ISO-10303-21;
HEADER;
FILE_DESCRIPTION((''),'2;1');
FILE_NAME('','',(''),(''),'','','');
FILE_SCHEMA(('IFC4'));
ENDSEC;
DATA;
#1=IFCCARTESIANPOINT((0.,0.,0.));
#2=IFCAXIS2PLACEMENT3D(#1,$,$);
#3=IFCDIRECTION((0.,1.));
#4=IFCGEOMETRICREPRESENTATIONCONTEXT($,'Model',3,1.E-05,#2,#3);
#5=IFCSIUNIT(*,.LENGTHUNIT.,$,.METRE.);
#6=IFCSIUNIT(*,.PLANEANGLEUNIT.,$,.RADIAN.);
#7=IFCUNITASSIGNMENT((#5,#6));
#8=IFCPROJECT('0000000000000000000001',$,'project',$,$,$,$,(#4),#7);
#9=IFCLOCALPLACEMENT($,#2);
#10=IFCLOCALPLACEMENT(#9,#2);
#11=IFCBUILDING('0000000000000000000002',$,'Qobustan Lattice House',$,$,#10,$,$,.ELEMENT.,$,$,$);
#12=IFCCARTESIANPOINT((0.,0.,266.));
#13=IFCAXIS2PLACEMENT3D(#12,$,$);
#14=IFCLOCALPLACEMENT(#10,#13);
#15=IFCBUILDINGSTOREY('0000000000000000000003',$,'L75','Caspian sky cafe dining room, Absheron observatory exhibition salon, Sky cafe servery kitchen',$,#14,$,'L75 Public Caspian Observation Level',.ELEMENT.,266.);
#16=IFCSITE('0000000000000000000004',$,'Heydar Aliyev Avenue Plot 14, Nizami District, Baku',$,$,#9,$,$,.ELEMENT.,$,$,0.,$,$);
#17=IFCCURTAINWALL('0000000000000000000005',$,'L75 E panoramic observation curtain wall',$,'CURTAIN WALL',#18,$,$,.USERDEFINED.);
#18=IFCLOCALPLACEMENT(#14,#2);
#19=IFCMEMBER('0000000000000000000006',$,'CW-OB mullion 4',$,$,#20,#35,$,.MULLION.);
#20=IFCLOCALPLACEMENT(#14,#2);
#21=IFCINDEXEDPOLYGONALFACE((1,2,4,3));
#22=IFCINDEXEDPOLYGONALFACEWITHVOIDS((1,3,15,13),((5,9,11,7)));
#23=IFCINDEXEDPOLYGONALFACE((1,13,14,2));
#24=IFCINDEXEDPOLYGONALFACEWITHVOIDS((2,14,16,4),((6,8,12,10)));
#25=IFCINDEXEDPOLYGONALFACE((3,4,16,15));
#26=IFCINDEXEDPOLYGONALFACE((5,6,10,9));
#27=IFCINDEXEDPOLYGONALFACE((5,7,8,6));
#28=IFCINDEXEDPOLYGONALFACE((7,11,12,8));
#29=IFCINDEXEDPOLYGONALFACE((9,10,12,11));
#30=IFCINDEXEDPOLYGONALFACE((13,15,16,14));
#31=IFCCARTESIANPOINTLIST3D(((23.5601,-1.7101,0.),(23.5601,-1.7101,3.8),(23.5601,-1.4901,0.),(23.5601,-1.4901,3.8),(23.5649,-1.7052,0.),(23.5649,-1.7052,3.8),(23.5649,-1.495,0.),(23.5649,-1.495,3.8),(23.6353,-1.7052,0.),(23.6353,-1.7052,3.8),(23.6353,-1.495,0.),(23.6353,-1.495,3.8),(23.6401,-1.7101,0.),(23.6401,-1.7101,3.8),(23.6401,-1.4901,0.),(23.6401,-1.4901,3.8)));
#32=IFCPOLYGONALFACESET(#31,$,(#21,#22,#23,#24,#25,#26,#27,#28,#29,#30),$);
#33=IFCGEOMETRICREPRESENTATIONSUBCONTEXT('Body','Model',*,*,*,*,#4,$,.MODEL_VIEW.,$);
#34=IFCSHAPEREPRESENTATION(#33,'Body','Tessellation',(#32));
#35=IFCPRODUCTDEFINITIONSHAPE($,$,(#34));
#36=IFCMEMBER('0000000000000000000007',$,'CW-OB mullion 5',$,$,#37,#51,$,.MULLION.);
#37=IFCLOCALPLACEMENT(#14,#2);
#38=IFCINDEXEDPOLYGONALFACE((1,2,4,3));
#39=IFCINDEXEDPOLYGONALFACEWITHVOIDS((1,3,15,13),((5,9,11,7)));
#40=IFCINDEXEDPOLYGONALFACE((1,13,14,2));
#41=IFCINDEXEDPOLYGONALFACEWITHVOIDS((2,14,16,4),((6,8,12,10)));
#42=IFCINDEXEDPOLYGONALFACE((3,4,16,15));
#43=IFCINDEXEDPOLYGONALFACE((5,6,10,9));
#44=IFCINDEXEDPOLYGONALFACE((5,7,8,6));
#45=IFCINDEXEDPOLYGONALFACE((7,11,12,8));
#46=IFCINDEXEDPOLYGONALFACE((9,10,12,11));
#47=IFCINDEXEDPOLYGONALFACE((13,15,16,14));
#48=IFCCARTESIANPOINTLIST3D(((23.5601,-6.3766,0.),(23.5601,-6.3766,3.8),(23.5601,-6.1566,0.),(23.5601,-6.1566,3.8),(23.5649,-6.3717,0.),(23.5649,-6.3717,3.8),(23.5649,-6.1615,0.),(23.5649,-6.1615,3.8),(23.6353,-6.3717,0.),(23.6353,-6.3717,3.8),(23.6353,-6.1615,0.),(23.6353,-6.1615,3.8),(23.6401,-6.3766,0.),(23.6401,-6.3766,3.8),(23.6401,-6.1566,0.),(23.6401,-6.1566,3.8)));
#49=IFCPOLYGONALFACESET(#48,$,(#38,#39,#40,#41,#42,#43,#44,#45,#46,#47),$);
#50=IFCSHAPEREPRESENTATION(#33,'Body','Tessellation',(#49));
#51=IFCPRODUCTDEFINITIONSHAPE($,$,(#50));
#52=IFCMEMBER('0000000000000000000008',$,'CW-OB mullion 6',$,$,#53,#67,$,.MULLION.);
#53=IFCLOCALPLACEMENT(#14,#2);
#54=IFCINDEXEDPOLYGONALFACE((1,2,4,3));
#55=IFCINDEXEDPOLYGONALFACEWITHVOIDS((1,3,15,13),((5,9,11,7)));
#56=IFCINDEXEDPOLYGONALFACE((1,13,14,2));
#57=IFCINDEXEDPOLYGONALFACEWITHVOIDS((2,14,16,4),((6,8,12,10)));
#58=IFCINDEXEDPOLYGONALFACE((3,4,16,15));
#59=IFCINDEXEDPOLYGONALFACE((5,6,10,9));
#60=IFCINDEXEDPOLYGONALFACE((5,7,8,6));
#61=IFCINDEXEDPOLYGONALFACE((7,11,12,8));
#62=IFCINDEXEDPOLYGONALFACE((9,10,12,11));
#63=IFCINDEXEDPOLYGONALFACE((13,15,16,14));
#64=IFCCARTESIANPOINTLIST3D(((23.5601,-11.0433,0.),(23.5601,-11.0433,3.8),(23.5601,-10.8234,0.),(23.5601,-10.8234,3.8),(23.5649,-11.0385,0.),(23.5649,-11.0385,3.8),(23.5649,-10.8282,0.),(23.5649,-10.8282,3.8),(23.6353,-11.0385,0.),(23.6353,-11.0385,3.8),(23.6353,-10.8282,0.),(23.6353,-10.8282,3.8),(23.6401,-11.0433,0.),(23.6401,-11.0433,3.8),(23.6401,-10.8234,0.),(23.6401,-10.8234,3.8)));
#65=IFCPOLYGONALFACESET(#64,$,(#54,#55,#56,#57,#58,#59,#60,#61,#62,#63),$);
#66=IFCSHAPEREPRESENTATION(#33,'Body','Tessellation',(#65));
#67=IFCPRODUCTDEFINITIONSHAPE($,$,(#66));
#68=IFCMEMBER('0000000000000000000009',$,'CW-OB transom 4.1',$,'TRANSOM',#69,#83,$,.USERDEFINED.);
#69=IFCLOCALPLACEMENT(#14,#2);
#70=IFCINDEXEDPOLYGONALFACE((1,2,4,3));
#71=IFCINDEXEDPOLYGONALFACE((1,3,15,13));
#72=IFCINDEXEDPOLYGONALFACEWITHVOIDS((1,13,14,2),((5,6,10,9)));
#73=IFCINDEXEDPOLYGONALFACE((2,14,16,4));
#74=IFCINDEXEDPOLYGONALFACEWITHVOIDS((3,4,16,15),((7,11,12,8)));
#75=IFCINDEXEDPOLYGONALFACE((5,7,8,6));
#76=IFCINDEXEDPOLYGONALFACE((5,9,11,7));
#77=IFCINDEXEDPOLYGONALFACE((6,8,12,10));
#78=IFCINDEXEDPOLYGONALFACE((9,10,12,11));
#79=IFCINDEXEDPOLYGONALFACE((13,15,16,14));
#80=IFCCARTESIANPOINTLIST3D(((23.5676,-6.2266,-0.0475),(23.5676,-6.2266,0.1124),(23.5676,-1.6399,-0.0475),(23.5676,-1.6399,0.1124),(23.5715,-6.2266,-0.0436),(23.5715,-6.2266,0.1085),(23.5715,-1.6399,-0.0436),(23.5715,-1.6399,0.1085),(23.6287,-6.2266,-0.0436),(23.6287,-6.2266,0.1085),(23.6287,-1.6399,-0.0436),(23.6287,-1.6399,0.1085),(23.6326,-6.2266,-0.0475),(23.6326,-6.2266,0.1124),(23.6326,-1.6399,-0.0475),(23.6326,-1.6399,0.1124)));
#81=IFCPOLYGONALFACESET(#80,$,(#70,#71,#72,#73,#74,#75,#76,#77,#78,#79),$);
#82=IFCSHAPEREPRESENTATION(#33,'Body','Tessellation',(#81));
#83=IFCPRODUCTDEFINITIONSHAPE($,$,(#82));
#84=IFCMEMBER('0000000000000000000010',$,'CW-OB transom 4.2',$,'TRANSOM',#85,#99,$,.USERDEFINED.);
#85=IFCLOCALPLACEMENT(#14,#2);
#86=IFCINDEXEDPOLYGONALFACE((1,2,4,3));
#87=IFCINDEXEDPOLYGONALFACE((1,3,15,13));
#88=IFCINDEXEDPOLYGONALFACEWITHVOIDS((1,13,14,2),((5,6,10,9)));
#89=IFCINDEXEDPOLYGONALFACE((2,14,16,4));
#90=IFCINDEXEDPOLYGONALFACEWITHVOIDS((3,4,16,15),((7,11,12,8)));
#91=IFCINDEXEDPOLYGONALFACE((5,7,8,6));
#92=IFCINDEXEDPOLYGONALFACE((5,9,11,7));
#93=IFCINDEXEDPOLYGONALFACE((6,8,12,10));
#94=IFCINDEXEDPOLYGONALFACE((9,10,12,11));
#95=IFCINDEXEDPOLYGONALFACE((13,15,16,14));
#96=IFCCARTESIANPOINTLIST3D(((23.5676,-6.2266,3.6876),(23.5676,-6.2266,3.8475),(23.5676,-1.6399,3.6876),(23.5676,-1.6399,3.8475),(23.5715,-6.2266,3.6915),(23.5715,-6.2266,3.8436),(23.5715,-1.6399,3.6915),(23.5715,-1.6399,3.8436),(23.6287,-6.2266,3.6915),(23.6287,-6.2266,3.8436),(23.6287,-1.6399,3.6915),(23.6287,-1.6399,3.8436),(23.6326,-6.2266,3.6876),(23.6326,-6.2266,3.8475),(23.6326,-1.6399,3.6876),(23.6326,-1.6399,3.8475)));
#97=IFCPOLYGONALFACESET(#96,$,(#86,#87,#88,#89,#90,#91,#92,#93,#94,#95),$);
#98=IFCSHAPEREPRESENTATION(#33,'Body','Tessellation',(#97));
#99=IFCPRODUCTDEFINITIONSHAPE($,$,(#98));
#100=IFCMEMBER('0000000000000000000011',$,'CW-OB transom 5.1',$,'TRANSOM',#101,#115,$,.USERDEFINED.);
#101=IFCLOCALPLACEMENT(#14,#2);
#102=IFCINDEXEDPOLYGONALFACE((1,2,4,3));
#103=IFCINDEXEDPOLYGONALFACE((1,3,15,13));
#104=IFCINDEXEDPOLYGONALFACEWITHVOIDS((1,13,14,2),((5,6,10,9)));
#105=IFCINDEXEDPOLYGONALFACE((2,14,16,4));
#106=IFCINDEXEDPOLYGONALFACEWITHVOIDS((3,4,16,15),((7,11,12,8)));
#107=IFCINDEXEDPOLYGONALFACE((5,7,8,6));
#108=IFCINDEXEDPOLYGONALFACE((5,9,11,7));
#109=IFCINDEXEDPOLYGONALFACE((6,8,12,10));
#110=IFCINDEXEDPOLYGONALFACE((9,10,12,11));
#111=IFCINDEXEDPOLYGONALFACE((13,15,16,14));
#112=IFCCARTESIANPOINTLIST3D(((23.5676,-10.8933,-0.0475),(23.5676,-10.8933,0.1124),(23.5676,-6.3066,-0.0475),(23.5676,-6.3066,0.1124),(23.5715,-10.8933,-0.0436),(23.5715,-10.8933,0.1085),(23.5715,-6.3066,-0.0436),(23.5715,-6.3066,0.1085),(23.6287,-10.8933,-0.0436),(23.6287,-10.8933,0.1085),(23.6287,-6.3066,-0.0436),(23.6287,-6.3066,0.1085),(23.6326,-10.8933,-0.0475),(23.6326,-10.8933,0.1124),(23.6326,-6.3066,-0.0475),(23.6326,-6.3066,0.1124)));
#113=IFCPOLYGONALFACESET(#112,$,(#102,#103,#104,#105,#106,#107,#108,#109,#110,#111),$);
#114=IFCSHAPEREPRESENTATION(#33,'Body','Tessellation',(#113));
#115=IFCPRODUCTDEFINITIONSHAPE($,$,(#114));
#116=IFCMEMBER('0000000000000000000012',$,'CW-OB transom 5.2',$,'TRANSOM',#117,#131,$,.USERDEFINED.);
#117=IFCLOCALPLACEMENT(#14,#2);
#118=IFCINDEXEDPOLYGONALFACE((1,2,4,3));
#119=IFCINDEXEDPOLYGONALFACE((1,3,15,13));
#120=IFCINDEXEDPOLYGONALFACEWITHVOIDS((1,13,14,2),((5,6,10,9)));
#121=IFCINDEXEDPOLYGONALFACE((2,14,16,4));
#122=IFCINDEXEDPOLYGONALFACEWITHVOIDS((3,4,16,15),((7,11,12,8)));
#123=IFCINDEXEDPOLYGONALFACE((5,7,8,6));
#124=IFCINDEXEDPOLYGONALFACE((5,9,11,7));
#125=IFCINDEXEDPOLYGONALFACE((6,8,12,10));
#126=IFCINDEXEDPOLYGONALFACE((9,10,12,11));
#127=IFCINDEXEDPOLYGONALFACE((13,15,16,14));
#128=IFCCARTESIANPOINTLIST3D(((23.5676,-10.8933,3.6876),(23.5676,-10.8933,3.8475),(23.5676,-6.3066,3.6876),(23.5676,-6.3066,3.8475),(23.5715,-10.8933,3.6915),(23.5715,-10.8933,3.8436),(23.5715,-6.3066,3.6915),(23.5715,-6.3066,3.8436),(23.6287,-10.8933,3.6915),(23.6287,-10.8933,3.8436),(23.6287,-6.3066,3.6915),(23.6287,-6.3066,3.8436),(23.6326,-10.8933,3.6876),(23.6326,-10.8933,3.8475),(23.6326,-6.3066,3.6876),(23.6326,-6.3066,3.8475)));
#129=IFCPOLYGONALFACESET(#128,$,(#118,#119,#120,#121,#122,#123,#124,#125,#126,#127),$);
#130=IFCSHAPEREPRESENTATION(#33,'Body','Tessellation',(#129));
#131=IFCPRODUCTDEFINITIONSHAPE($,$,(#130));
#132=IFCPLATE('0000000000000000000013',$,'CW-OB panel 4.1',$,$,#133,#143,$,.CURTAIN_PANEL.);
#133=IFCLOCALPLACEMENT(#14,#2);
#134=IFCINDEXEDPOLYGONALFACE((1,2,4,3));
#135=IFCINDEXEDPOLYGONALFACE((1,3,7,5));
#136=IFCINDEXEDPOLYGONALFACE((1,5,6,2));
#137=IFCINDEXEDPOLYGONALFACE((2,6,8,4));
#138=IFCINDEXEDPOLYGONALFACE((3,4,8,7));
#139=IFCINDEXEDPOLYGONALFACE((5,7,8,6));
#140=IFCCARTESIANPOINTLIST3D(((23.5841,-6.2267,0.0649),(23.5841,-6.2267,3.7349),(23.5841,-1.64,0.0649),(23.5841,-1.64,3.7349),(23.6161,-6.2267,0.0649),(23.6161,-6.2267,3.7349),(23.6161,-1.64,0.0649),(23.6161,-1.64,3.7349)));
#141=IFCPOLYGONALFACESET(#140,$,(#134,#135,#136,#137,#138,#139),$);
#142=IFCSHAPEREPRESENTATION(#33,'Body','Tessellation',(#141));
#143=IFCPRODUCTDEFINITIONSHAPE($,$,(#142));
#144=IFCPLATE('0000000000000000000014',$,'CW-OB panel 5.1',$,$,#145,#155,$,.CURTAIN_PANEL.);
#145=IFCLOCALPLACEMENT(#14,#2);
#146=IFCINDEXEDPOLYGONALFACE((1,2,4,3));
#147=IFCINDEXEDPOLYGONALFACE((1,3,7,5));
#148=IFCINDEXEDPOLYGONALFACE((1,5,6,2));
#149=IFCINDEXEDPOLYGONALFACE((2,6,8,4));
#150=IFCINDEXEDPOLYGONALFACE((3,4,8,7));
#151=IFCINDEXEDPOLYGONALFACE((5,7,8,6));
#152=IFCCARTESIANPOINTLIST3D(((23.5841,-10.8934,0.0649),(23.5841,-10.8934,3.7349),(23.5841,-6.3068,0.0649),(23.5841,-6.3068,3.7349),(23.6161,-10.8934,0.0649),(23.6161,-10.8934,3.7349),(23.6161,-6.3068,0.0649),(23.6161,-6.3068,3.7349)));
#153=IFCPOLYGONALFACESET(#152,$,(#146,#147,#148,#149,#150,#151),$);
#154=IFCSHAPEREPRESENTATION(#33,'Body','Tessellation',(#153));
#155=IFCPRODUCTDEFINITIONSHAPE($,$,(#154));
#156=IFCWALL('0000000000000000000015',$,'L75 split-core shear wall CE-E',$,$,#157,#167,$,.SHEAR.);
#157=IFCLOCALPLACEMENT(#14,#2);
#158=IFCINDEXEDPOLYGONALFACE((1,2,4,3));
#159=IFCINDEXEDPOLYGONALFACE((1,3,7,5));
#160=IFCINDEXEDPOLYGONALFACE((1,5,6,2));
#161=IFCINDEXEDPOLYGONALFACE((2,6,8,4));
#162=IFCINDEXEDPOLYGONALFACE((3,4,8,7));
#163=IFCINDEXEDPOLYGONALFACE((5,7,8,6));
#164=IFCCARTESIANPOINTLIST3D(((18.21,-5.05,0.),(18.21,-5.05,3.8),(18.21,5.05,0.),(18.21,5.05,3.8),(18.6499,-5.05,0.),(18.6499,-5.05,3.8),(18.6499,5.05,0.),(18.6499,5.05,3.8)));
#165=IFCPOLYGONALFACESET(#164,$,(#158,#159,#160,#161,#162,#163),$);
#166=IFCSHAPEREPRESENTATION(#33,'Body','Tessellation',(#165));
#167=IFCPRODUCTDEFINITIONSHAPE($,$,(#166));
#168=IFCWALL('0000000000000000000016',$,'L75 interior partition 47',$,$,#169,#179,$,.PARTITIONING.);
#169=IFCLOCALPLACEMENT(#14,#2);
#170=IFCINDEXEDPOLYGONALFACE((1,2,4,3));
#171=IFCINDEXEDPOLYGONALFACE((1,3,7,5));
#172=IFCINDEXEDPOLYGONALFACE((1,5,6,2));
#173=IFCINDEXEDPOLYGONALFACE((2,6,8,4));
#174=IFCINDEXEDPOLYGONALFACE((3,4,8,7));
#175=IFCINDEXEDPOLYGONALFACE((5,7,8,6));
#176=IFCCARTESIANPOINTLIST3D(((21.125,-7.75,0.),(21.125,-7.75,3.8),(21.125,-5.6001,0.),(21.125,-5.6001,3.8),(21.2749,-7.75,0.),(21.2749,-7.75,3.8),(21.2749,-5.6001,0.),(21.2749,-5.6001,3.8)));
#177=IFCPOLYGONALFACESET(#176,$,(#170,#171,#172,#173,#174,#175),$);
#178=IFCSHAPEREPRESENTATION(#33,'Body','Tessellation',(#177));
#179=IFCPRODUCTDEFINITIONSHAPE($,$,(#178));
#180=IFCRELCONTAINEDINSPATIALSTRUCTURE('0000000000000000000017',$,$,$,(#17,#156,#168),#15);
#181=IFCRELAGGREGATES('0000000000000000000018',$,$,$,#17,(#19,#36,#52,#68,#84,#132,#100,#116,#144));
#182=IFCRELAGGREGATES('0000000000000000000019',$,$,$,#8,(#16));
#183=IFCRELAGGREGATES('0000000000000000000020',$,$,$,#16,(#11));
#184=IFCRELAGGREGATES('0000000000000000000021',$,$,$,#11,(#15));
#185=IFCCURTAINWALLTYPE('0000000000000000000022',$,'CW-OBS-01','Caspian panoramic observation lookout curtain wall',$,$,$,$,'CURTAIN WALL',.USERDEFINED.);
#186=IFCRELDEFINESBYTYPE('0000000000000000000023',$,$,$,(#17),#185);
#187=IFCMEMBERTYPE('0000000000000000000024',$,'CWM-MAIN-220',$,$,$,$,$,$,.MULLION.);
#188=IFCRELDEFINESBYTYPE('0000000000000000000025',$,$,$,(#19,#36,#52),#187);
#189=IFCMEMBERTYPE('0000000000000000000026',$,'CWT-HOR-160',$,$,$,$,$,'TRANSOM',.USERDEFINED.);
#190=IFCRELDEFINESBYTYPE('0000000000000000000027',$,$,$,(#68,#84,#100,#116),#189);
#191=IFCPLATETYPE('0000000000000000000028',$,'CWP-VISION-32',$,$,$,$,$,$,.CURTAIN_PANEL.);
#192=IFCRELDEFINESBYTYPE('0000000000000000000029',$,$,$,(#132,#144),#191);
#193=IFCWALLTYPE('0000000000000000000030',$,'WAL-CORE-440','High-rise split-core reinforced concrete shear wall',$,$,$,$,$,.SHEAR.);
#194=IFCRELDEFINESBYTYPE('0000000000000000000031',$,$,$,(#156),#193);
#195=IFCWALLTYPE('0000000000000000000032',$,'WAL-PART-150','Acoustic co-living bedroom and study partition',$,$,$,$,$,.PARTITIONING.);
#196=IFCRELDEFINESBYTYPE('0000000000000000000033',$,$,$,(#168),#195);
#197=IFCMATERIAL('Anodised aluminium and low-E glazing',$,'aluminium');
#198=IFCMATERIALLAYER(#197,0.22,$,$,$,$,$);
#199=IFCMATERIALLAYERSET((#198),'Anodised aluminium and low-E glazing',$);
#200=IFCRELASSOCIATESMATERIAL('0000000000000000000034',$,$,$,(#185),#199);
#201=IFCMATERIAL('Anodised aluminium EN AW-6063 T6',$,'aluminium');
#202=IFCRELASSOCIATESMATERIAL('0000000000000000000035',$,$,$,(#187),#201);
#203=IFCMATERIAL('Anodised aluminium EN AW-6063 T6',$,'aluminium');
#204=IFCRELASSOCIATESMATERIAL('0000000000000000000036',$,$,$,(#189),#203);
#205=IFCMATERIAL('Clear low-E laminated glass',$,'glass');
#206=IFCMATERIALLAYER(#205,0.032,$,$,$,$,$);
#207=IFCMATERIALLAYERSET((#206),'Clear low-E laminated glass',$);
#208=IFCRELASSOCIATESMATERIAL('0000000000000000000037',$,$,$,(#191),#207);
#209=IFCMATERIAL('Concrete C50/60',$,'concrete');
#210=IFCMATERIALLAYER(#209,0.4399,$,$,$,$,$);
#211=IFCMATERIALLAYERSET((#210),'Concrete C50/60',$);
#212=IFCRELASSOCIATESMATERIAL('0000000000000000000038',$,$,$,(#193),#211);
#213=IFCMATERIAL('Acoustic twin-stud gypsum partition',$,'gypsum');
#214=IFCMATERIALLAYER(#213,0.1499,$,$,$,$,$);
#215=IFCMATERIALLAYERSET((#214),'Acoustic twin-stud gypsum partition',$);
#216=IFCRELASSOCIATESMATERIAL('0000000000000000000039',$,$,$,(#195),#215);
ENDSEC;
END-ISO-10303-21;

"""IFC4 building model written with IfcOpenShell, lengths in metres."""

from ifc_helpers import new_model, si_unit, direction, frame, frame_2d, origin, origin_2d, place, context, subcontext, project, spatial, rectangle, hollow_rectangle, extrude, material, layer, layer_set, material_profile, profile_set, type_object, element, aggregate, save


model = new_model("IFC4")

# Units and contexts
model_context = context("Model", 3, precision=1e-05, world=origin(), true_north=direction((0.0, 1.0)))
body_context = subcontext(model_context, "Body", "Model", "MODEL_VIEW")
ifc_project = project(units=[si_unit("LENGTHUNIT", "METRE"), si_unit("PLANEANGLEUNIT", "RADIAN")], contexts=[model_context])

# Site, building, storey
site_placement = place(None, origin())
site = spatial("IfcSite", under=ifc_project, at=site_placement, Name="Heydar Aliyev Avenue Plot 14, Nizami District, Baku", CompositionType="ELEMENT", RefElevation=0.0)
building_placement = place(site_placement, origin())
building = spatial("IfcBuilding", under=site, at=building_placement, Name="Qobustan Lattice House", CompositionType="ELEMENT")
storey_placement = place(building_placement, frame((0.0, 0.0, 266.0)))
storey = spatial("IfcBuildingStorey", under=building, at=storey_placement, Name="L75", Description="Caspian sky cafe dining room, Absheron observatory exhibition salon, Sky cafe servery kitchen", LongName="L75 Public Caspian Observation Level", CompositionType="ELEMENT", Elevation=266.0)

# Curtain wall, members, plates
ifc_material_1 = material(Name="Anodised aluminium and low-E glazing", Category="aluminium")
ifc_layer_1 = layer(ifc_material_1, 0.22)
ifc_layer_set_1 = layer_set([ifc_layer_1], Name="Anodised aluminium and low-E glazing")
curtain_wall_type = type_object("IfcCurtainWallType", Name="CW-OBS-01", Description="Caspian panoramic observation lookout curtain wall", ElementType="CURTAIN WALL", PredefinedType="USERDEFINED", material=ifc_layer_set_1)
curtain_wall_placement = place(storey_placement, origin())
curtain_wall = element("IfcCurtainWall", 1, at=curtain_wall_placement, inside=storey, type_object=curtain_wall_type, Name="L75 E panoramic observation curtain wall", ObjectType="CURTAIN WALL", PredefinedType="USERDEFINED")
ifc_material_2 = material(Name="Anodised aluminium EN AW-6063 T6", Category="aluminium")
ifc_material_profile_1 = material_profile(ifc_material_2, hollow_rectangle(XDim=0.0801, YDim=0.22, WallThickness=0.0049, at=origin_2d()), Name="CWM-220x80")
ifc_profile_set_1 = profile_set([ifc_material_profile_1], Name="Anodised aluminium EN AW-6063 T6")
member_type_1 = type_object("IfcMemberType", Name="CWM-MAIN-220", PredefinedType="MULLION", material=ifc_profile_set_1)
member_1_placement = place(storey_placement, frame((23.6001, -1.6001, 0.0), z_axis=(0.0, 0.0, 1.0), x_axis=(1.0, 0.0, 0.0)))
member_1 = element("IfcMember", 2, at=member_1_placement, type_object=member_type_1, Name="CW-OB mullion 4", PredefinedType="MULLION", context=body_context, shape_type="SweptSolid", body=[
    extrude(hollow_rectangle(XDim=0.0801, YDim=0.22, WallThickness=0.0049, at=origin_2d()), origin(), (0.0, 0.0, 1.0), 3.8),
])
member_2_placement = place(storey_placement, frame((23.6001, -6.2666, 0.0), z_axis=(0.0, 0.0, 1.0), x_axis=(1.0, 0.0, 0.0)))
member_2 = element("IfcMember", 3, at=member_2_placement, type_object=member_type_1, Name="CW-OB mullion 5", PredefinedType="MULLION", context=body_context, shape_type="SweptSolid", body=[
    extrude(hollow_rectangle(XDim=0.0801, YDim=0.22, WallThickness=0.0049, at=origin_2d()), origin(), (0.0, 0.0, 1.0), 3.8),
])
member_3_placement = place(storey_placement, frame((23.6001, -10.9333, 0.0), z_axis=(0.0, 0.0, 1.0), x_axis=(1.0, 0.0, 0.0)))
member_3 = element("IfcMember", 4, at=member_3_placement, type_object=member_type_1, Name="CW-OB mullion 6", PredefinedType="MULLION", context=body_context, shape_type="SweptSolid", body=[
    extrude(hollow_rectangle(XDim=0.0801, YDim=0.22, WallThickness=0.0049, at=origin_2d()), origin(), (0.0, 0.0, 1.0), 3.8),
])
ifc_material_3 = material(Name="Anodised aluminium EN AW-6063 T6", Category="aluminium")
ifc_material_profile_2 = material_profile(ifc_material_3, hollow_rectangle(XDim=0.0649, YDim=0.1599, WallThickness=0.0039, at=origin_2d()), Name="CWT-160x65")
ifc_profile_set_2 = profile_set([ifc_material_profile_2], Name="Anodised aluminium EN AW-6063 T6")
member_type_2 = type_object("IfcMemberType", Name="CWT-HOR-160", ElementType="TRANSOM", PredefinedType="USERDEFINED", material=ifc_profile_set_2)
member_4_placement = place(storey_placement, frame((23.6001, -1.6399, 0.0325), z_axis=(0.0, -1.0, 0.0), x_axis=(1.0, 0.0, 0.0)))
member_4 = element("IfcMember", 5, at=member_4_placement, type_object=member_type_2, Name="CW-OB transom 4.1", ObjectType="TRANSOM", PredefinedType="USERDEFINED", context=body_context, shape_type="SweptSolid", body=[
    extrude(hollow_rectangle(XDim=0.0649, YDim=0.1599, WallThickness=0.0039, at=origin_2d()), origin(), (0.0, 0.0, 1.0), 4.5867),
])
member_5_placement = place(storey_placement, frame((23.6001, -1.6399, 3.7676), z_axis=(0.0, -1.0, 0.0), x_axis=(1.0, 0.0, 0.0)))
member_5 = element("IfcMember", 6, at=member_5_placement, type_object=member_type_2, Name="CW-OB transom 4.2", ObjectType="TRANSOM", PredefinedType="USERDEFINED", context=body_context, shape_type="SweptSolid", body=[
    extrude(hollow_rectangle(XDim=0.0649, YDim=0.1599, WallThickness=0.0039, at=origin_2d()), origin(), (0.0, 0.0, 1.0), 4.5867),
])
member_6_placement = place(storey_placement, frame((23.6001, -6.3066, 0.0325), z_axis=(0.0, -1.0, 0.0), x_axis=(1.0, 0.0, 0.0)))
member_6 = element("IfcMember", 7, at=member_6_placement, type_object=member_type_2, Name="CW-OB transom 5.1", ObjectType="TRANSOM", PredefinedType="USERDEFINED", context=body_context, shape_type="SweptSolid", body=[
    extrude(hollow_rectangle(XDim=0.0649, YDim=0.1599, WallThickness=0.0039, at=origin_2d()), origin(), (0.0, 0.0, 1.0), 4.5867),
])
member_7_placement = place(storey_placement, frame((23.6001, -6.3066, 3.7676), z_axis=(0.0, -1.0, 0.0), x_axis=(1.0, 0.0, 0.0)))
member_7 = element("IfcMember", 8, at=member_7_placement, type_object=member_type_2, Name="CW-OB transom 5.2", ObjectType="TRANSOM", PredefinedType="USERDEFINED", context=body_context, shape_type="SweptSolid", body=[
    extrude(hollow_rectangle(XDim=0.0649, YDim=0.1599, WallThickness=0.0039, at=origin_2d()), origin(), (0.0, 0.0, 1.0), 4.5867),
])
ifc_material_4 = material(Name="Clear low-E laminated glass", Category="glass")
ifc_layer_2 = layer(ifc_material_4, 0.032)
ifc_layer_set_2 = layer_set([ifc_layer_2], Name="Clear low-E laminated glass")
plate_type = type_object("IfcPlateType", Name="CWP-VISION-32", PredefinedType="CURTAIN_PANEL", material=ifc_layer_set_2)
plate_1_placement = place(storey_placement, frame((23.6001, -3.9333, 0.0649), z_axis=(0.0, 0.0, 1.0), x_axis=(0.0, -1.0, 0.0)))
plate_1 = element("IfcPlate", 9, at=plate_1_placement, type_object=plate_type, Name="CW-OB panel 4.1", PredefinedType="CURTAIN_PANEL", context=body_context, shape_type="SweptSolid", body=[
    extrude(rectangle(XDim=4.5867, YDim=0.032, at=origin_2d()), origin(), (0.0, 0.0, 1.0), 3.6699),
])
plate_2_placement = place(storey_placement, frame((23.6001, -8.6001, 0.0649), z_axis=(0.0, 0.0, 1.0), x_axis=(0.0, -1.0, 0.0)))
plate_2 = element("IfcPlate", 10, at=plate_2_placement, type_object=plate_type, Name="CW-OB panel 5.1", PredefinedType="CURTAIN_PANEL", context=body_context, shape_type="SweptSolid", body=[
    extrude(rectangle(XDim=4.5867, YDim=0.032, at=origin_2d()), origin(), (0.0, 0.0, 1.0), 3.6699),
])
aggregate(curtain_wall, [member_1, member_2, member_3, member_4, member_5, plate_1, member_6, member_7, plate_2])

# Walls
ifc_material_5 = material(Name="Concrete C50/60", Category="concrete")
ifc_layer_3 = layer(ifc_material_5, 0.4399)
ifc_layer_set_3 = layer_set([ifc_layer_3], Name="Concrete C50/60")
wall_type_1 = type_object("IfcWallType", Name="WAL-CORE-440", Description="High-rise split-core reinforced concrete shear wall", PredefinedType="SHEAR", material=ifc_layer_set_3)
wall_1_placement = place(storey_placement, frame((18.4299, -5.05, 0.0), z_axis=(0.0, 0.0, 1.0), x_axis=(0.0, 1.0, 0.0)))
element("IfcWall", 11, at=wall_1_placement, inside=storey, type_object=wall_type_1, Name="L75 split-core shear wall CE-E", PredefinedType="SHEAR", context=body_context, shape_type="SweptSolid", body=[
    extrude(rectangle(XDim=10.1001, YDim=0.4399, at=frame_2d((5.05, 0.0))), origin(), (0.0, 0.0, 1.0), 3.8),
])
ifc_material_6 = material(Name="Acoustic twin-stud gypsum partition", Category="gypsum")
ifc_layer_4 = layer(ifc_material_6, 0.1499)
ifc_layer_set_4 = layer_set([ifc_layer_4], Name="Acoustic twin-stud gypsum partition")
wall_type_2 = type_object("IfcWallType", Name="WAL-PART-150", Description="Acoustic co-living bedroom and study partition", PredefinedType="PARTITIONING", material=ifc_layer_set_4)
wall_2_placement = place(storey_placement, frame((21.2, -5.6001, 0.0), z_axis=(0.0, 0.0, 1.0), x_axis=(0.0, -1.0, 0.0)))
element("IfcWall", 12, at=wall_2_placement, inside=storey, type_object=wall_type_2, Name="L75 interior partition 47", PredefinedType="PARTITIONING", context=body_context, shape_type="SweptSolid", body=[
    extrude(rectangle(XDim=2.1499, YDim=0.1499, at=frame_2d((1.075, 0.0))), origin(), (0.0, 0.0, 1.0), 3.8),
])

save(model, "model.ifc")
